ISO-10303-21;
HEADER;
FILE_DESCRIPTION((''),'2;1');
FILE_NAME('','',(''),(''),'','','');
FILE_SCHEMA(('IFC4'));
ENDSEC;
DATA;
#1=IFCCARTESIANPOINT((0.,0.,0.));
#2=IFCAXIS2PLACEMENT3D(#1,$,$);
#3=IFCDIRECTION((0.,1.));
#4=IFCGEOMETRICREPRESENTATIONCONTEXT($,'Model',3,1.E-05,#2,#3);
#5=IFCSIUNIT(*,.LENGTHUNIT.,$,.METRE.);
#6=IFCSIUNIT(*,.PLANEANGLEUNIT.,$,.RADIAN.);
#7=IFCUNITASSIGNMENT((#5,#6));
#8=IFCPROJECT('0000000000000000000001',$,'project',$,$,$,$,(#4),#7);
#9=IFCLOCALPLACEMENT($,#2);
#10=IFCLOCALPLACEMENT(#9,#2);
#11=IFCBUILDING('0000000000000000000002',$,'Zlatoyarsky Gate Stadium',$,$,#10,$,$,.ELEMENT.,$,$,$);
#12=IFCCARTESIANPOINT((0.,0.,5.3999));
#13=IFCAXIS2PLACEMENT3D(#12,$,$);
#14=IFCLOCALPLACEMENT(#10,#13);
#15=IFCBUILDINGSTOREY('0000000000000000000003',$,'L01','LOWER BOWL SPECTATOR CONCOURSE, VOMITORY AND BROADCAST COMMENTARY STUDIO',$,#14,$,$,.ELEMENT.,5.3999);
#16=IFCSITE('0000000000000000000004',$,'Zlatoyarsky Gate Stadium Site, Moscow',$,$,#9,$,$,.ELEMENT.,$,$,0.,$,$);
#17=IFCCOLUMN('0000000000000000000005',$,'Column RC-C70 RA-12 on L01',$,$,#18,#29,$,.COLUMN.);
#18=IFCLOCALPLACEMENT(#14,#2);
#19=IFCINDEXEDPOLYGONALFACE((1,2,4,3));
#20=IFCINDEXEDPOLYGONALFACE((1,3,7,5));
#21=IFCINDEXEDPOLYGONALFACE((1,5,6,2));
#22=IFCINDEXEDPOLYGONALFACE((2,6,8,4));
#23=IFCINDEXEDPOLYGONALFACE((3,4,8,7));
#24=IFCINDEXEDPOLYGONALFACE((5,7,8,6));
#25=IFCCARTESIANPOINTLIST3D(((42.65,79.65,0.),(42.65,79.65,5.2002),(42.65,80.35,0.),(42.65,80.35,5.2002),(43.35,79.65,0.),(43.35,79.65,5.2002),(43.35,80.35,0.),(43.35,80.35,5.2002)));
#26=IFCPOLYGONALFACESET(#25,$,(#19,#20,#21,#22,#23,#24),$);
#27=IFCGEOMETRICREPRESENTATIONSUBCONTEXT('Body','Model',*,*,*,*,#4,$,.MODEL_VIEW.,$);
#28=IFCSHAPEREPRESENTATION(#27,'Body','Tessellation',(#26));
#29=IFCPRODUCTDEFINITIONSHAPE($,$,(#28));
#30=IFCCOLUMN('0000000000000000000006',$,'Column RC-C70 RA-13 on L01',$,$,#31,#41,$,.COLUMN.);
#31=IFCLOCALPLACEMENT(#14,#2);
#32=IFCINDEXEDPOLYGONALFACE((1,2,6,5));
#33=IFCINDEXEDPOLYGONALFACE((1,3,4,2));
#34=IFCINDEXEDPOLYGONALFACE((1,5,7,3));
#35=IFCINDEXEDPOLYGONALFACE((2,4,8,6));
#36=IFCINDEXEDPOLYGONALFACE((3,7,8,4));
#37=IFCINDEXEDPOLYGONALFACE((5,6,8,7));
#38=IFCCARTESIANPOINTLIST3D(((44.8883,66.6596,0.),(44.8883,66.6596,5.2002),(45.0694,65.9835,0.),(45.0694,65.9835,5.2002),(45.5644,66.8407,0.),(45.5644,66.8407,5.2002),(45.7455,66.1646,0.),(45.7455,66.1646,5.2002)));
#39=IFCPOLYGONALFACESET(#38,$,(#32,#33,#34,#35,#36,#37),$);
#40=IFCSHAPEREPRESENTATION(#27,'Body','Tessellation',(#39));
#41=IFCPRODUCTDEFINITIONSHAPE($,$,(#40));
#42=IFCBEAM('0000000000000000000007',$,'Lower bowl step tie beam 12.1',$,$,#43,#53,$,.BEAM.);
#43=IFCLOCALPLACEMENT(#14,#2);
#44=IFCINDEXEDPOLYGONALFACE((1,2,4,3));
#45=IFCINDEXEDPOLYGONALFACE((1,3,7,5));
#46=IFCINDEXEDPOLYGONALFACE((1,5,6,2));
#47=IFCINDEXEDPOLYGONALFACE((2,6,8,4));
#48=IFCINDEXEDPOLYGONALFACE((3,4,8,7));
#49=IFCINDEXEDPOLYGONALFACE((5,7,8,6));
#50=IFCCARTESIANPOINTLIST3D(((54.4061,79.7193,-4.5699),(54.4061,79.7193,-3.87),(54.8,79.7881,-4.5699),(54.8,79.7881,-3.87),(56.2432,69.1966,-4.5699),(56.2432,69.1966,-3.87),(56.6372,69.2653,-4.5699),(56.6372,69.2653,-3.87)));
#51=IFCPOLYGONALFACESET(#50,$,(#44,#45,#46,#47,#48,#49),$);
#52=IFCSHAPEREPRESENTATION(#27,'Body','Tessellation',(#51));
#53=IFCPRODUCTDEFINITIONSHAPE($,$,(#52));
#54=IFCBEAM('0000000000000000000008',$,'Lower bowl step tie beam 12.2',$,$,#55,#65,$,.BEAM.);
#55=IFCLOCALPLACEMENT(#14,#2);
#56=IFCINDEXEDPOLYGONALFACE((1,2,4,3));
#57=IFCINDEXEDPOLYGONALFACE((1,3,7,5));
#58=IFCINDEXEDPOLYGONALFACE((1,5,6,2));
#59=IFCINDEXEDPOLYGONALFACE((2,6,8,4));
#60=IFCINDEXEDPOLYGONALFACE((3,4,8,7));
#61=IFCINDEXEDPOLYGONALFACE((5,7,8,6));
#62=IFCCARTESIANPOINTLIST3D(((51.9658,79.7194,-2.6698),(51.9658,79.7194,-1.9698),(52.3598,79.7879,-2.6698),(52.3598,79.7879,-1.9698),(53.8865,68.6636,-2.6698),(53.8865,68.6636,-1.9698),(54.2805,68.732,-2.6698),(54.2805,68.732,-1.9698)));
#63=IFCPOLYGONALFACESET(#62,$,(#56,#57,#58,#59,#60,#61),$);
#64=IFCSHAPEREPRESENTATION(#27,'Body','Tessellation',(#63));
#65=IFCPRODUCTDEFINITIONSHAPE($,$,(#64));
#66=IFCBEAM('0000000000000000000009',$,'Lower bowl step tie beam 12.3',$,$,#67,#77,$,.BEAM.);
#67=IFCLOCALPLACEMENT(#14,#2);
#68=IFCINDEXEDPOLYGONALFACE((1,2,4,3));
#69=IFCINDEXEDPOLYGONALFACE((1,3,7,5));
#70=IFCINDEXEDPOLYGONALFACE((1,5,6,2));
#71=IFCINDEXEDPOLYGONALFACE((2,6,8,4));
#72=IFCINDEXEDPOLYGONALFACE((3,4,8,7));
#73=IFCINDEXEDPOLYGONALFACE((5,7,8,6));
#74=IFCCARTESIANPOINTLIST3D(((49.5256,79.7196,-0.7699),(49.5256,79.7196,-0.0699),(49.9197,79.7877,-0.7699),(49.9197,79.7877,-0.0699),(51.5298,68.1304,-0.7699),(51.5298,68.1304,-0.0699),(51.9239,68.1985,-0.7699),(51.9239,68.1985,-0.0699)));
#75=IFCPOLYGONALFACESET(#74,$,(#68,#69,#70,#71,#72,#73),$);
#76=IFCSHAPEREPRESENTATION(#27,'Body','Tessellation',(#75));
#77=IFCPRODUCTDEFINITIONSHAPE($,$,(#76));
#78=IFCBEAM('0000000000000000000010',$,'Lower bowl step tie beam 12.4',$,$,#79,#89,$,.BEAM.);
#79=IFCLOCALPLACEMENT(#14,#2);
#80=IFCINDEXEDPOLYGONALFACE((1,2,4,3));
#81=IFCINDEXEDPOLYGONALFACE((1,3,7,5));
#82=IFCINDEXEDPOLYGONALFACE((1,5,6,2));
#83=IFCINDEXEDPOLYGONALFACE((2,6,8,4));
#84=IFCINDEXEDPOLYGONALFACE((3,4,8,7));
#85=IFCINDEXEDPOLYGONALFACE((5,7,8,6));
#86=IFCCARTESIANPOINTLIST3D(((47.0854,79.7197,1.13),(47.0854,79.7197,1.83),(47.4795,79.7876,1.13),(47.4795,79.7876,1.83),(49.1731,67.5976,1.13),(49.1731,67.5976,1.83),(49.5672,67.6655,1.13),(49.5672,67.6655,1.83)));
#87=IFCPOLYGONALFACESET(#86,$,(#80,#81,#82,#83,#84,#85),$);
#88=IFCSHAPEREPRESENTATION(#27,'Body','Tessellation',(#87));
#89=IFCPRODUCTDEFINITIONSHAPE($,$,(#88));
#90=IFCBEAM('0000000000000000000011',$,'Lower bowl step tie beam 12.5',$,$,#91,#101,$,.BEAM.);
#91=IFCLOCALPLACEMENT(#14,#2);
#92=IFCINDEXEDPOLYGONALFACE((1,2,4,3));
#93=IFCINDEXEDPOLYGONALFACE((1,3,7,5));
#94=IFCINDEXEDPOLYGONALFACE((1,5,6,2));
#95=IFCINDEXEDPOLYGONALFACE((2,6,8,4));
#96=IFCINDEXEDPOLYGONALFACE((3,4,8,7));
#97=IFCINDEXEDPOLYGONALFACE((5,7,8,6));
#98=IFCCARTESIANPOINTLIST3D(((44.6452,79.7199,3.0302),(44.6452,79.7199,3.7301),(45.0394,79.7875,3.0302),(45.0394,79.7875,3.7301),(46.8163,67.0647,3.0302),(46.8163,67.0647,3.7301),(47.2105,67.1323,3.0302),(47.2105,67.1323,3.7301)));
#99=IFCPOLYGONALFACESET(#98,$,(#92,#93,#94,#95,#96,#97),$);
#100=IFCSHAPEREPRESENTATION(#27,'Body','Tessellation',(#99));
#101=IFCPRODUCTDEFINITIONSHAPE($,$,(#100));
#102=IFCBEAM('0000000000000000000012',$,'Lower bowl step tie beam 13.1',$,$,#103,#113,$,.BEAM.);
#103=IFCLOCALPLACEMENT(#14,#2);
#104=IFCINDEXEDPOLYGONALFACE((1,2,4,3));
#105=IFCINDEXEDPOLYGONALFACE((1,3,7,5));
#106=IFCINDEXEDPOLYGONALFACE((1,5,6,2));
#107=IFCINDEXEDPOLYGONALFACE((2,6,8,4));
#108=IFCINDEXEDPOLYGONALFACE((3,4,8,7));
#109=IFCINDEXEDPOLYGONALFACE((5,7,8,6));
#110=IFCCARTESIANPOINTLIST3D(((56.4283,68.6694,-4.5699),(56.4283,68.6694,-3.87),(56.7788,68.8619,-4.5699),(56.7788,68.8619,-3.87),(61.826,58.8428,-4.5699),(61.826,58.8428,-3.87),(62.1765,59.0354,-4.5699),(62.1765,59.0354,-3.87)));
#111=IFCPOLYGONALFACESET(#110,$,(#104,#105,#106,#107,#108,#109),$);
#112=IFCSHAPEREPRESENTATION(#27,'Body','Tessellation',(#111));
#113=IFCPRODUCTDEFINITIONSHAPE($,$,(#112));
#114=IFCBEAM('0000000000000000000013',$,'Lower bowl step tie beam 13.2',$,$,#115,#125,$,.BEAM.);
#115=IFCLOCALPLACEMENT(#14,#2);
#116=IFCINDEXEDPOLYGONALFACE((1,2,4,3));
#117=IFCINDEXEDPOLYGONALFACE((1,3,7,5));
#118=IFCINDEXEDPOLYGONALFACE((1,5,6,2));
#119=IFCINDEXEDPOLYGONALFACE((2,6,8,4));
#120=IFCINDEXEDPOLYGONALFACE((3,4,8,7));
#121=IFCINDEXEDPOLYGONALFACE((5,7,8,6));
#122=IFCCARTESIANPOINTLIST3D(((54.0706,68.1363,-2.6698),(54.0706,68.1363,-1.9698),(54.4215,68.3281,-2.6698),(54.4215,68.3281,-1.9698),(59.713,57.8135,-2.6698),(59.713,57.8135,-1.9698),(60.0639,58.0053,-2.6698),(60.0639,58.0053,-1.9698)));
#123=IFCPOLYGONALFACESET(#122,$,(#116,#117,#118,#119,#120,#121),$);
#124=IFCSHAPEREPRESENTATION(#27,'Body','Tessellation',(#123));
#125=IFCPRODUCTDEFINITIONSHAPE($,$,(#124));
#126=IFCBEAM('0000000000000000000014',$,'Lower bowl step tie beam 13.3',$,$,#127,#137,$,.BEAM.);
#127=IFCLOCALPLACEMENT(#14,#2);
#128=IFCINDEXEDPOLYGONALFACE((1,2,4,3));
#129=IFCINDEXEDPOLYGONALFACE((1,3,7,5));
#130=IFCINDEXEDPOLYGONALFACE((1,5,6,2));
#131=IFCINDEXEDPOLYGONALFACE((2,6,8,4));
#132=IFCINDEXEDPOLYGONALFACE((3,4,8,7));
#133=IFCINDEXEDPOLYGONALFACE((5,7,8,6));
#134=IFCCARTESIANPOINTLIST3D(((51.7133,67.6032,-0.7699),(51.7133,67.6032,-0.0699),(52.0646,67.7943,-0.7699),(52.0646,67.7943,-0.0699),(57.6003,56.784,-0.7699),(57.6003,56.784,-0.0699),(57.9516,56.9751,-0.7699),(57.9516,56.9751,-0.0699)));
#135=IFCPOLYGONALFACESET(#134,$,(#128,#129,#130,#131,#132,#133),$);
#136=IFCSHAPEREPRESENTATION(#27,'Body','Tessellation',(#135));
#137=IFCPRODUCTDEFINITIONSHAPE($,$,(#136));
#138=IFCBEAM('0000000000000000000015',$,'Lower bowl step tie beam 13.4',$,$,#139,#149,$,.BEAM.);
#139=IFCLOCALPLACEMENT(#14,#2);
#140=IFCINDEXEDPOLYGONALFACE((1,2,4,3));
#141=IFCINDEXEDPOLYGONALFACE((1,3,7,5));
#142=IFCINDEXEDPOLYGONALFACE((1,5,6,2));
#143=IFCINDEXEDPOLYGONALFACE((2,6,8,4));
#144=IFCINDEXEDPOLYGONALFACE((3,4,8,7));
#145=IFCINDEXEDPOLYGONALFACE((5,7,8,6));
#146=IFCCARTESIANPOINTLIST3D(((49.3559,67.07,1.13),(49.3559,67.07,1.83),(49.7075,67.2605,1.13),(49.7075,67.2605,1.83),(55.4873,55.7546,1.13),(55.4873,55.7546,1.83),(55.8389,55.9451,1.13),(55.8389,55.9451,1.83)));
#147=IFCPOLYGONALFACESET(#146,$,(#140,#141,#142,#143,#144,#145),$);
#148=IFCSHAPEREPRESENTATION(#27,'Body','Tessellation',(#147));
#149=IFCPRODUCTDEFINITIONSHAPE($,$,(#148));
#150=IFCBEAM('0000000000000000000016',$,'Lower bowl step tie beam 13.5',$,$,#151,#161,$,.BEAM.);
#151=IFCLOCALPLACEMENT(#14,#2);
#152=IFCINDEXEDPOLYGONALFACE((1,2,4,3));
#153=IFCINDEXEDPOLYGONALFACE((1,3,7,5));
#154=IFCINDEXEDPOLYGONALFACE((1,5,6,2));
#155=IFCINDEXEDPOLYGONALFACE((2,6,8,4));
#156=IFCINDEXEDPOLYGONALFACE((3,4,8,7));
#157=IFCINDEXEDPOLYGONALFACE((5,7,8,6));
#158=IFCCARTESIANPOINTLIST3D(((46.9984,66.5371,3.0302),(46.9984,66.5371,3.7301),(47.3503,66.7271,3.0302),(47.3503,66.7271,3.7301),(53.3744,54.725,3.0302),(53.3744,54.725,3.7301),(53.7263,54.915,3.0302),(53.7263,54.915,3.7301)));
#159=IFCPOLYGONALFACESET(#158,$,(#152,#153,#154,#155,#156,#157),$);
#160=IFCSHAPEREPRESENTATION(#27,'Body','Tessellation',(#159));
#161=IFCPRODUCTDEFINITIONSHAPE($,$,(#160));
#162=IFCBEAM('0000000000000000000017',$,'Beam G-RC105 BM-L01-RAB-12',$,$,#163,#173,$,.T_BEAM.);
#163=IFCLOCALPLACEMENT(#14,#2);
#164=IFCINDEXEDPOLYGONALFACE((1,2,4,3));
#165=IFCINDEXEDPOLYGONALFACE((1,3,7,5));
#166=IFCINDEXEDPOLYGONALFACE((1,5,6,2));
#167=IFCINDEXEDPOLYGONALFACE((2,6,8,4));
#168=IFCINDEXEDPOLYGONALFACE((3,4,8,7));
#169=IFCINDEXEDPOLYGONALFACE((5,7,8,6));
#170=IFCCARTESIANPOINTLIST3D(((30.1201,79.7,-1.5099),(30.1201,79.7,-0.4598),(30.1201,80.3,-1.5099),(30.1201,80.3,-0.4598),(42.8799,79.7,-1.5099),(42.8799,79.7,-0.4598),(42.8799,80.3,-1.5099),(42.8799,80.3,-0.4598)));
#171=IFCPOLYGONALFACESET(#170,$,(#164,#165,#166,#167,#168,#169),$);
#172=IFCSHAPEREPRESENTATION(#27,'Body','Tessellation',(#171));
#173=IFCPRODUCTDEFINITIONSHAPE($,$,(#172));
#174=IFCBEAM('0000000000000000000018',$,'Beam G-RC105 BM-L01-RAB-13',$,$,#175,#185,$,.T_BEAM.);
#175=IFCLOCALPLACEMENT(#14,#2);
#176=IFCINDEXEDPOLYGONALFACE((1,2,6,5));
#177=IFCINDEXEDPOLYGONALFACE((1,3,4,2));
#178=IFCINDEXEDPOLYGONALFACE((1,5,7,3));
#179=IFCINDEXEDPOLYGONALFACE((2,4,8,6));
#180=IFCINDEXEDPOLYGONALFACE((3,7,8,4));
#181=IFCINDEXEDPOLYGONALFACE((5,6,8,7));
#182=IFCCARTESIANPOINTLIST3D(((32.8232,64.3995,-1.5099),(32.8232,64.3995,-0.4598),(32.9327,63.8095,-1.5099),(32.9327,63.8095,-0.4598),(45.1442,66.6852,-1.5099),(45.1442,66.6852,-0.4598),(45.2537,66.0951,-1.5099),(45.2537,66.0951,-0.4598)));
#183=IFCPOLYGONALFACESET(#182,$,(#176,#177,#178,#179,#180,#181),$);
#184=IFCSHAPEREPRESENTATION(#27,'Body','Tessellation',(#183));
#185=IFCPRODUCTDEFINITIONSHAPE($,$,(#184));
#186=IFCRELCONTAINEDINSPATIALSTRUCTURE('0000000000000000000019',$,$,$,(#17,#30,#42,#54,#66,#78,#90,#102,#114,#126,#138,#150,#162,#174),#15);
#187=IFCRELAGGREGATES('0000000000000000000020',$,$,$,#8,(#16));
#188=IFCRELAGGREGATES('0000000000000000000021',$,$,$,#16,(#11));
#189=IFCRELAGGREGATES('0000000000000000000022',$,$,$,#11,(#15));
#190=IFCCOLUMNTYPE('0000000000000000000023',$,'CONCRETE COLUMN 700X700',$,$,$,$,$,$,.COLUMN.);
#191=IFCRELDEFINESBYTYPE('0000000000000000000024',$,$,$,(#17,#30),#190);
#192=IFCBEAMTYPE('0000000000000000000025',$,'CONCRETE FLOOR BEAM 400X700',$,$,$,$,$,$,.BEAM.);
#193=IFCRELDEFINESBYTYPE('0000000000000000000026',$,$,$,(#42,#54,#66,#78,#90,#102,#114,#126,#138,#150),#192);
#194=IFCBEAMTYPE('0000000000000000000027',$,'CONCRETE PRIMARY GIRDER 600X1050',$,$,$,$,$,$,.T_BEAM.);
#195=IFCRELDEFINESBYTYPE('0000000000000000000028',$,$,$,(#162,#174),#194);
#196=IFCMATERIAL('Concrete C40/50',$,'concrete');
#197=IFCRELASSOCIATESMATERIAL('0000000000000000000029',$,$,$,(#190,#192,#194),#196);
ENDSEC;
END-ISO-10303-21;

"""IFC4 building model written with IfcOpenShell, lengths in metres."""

from ifc_helpers import new_model, si_unit, direction, frame, origin, origin_2d, place, context, subcontext, project, spatial, rectangle, extrude, material, material_profile, profile_set, type_object, element, save


model = new_model("IFC4")

# Units and contexts
model_context = context("Model", 3, precision=1e-05, world=origin(), true_north=direction((0.0, 1.0)))
body_context = subcontext(model_context, "Body", "Model", "MODEL_VIEW")
ifc_project = project(units=[si_unit("LENGTHUNIT", "METRE"), si_unit("PLANEANGLEUNIT", "RADIAN")], contexts=[model_context])

# Site, building, storey
site_placement = place(None, origin())
site = spatial("IfcSite", under=ifc_project, at=site_placement, Name="Zlatoyarsky Gate Stadium Site, Moscow", CompositionType="ELEMENT", RefElevation=0.0)
building_placement = place(site_placement, origin())
building = spatial("IfcBuilding", under=site, at=building_placement, Name="Zlatoyarsky Gate Stadium", CompositionType="ELEMENT")
storey_placement = place(building_placement, frame((0.0, 0.0, 5.3999)))
storey = spatial("IfcBuildingStorey", under=building, at=storey_placement, Name="L01", Description="LOWER BOWL SPECTATOR CONCOURSE, VOMITORY AND BROADCAST COMMENTARY STUDIO", CompositionType="ELEMENT", Elevation=5.3999)

# Columns
ifc_material_1 = material(Name="Concrete C40/50", Category="concrete")
ifc_material_profile_1 = material_profile(ifc_material_1, rectangle(XDim=0.7, YDim=0.7, at=origin_2d()), Name="RC COL 700X700")
ifc_profile_set_1 = profile_set([ifc_material_profile_1], Name="Concrete C40/50")
column_type = type_object("IfcColumnType", Name="CONCRETE COLUMN 700X700", PredefinedType="COLUMN", material=ifc_profile_set_1)
for number, where, z_axis, x_axis, name in (
    (1, (43.0, 80.0, 0.0), (0.0, 0.0, 1.0), (-1.0, 0.0, 0.0), "Column RC-C70 RA-12 on L01"),
    (2, (45.3169, 66.4121, 0.0), (0.0, 0.0, 1.0), (-0.965926, -0.258819, 0.0), "Column RC-C70 RA-13 on L01"),
):
    element("IfcColumn", number, at=place(storey_placement, frame(where, z_axis=z_axis, x_axis=x_axis)), inside=storey, type_object=column_type, Name=name, PredefinedType="COLUMN", context=body_context, shape_type="SweptSolid", body=[
        extrude(rectangle(XDim=0.7, YDim=0.7, at=origin_2d()), origin(), (0.0, 0.0, 1.0), 5.2002),
    ])

# Beams
ifc_material_profile_2 = material_profile(ifc_material_1, rectangle(XDim=0.3999, YDim=0.7, at=origin_2d()), Name="RC BEAM 400X700")
ifc_profile_set_2 = profile_set([ifc_material_profile_2], Name="Concrete C40/50")
beam_type_1 = type_object("IfcBeamType", Name="CONCRETE FLOOR BEAM 400X700", PredefinedType="BEAM", material=ifc_profile_set_2)
beam_1_placement = place(storey_placement, frame((54.603, 79.7537, -4.22), z_axis=(0.171988, -0.985099, 0.0), x_axis=(0.985099, 0.171988, 0.0)))
element("IfcBeam", 3, at=beam_1_placement, inside=storey, type_object=beam_type_1, Name="Lower bowl step tie beam 12.1", PredefinedType="BEAM", context=body_context, shape_type="SweptSolid", body=[
    extrude(rectangle(XDim=0.3999, YDim=0.7, at=origin_2d()), origin(), (0.0, 0.0, 1.0), 10.6819),
])
beam_2_placement = place(storey_placement, frame((52.1628, 79.7537, -2.3198), z_axis=(0.171158, -0.985244, 0.0), x_axis=(0.985244, 0.171158, 0.0)))
element("IfcBeam", 4, at=beam_2_placement, inside=storey, type_object=beam_type_1, Name="Lower bowl step tie beam 12.2", PredefinedType="BEAM", context=body_context, shape_type="SweptSolid", body=[
    extrude(rectangle(XDim=0.3999, YDim=0.7, at=origin_2d()), origin(), (0.0, 0.0, 1.0), 11.2214),
])
beam_3_placement = place(storey_placement, frame((49.7227, 79.7537, -0.4199), z_axis=(0.170405, -0.985374, 0.0), x_axis=(0.985374, 0.170405, 0.0)))
element("IfcBeam", 5, at=beam_3_placement, inside=storey, type_object=beam_type_1, Name="Lower bowl step tie beam 12.3", PredefinedType="BEAM", context=body_context, shape_type="SweptSolid", body=[
    extrude(rectangle(XDim=0.3999, YDim=0.7, at=origin_2d()), origin(), (0.0, 0.0, 1.0), 11.7612),
])
beam_4_placement = place(storey_placement, frame((47.2825, 79.7537, 1.48), z_axis=(0.16972, -0.985492, 0.0), x_axis=(0.985492, 0.16972, 0.0)))
element("IfcBeam", 6, at=beam_4_placement, inside=storey, type_object=beam_type_1, Name="Lower bowl step tie beam 12.4", PredefinedType="BEAM", context=body_context, shape_type="SweptSolid", body=[
    extrude(rectangle(XDim=0.3999, YDim=0.7, at=origin_2d()), origin(), (0.0, 0.0, 1.0), 12.3005),
])
beam_5_placement = place(storey_placement, frame((44.8423, 79.7537, 3.3801), z_axis=(0.16909, -0.985601, 0.0), x_axis=(0.985601, 0.16909, 0.0)))
element("IfcBeam", 7, at=beam_5_placement, inside=storey, type_object=beam_type_1, Name="Lower bowl step tie beam 12.5", PredefinedType="BEAM", context=body_context, shape_type="SweptSolid", body=[
    extrude(rectangle(XDim=0.3999, YDim=0.7, at=origin_2d()), origin(), (0.0, 0.0, 1.0), 12.8401),
])
beam_6_placement = place(storey_placement, frame((56.6035, 68.7656, -4.22), z_axis=(0.481451, -0.876473, 0.0), x_axis=(0.876473, 0.481451, 0.0)))
element("IfcBeam", 8, at=beam_6_placement, inside=storey, type_object=beam_type_1, Name="Lower bowl step tie beam 13.1", PredefinedType="BEAM", context=body_context, shape_type="SweptSolid", body=[
    extrude(rectangle(XDim=0.3999, YDim=0.7, at=origin_2d()), origin(), (0.0, 0.0, 1.0), 11.2114),
])
beam_7_placement = place(storey_placement, frame((54.2461, 68.2322, -2.3198), z_axis=(0.479621, -0.877476, 0.0), x_axis=(0.877476, 0.479621, 0.0)))
element("IfcBeam", 9, at=beam_7_placement, inside=storey, type_object=beam_type_1, Name="Lower bowl step tie beam 13.2", PredefinedType="BEAM", context=body_context, shape_type="SweptSolid", body=[
    extrude(rectangle(XDim=0.3999, YDim=0.7, at=origin_2d()), origin(), (0.0, 0.0, 1.0), 11.7642),
])
beam_8_placement = place(storey_placement, frame((51.8889, 67.6987, -0.4199), z_axis=(0.477953, -0.878385, 0.0), x_axis=(0.878385, 0.477953, 0.0)))
element("IfcBeam", 10, at=beam_8_placement, inside=storey, type_object=beam_type_1, Name="Lower bowl step tie beam 13.3", PredefinedType="BEAM", context=body_context, shape_type="SweptSolid", body=[
    extrude(rectangle(XDim=0.3999, YDim=0.7, at=origin_2d()), origin(), (0.0, 0.0, 1.0), 12.3171),
])
beam_9_placement = place(storey_placement, frame((49.5317, 67.1653, 1.48), z_axis=(0.476413, -0.879222, 0.0), x_axis=(0.879222, 0.476413, 0.0)))
element("IfcBeam", 11, at=beam_9_placement, inside=storey, type_object=beam_type_1, Name="Lower bowl step tie beam 13.4", PredefinedType="BEAM", context=body_context, shape_type="SweptSolid", body=[
    extrude(rectangle(XDim=0.3999, YDim=0.7, at=origin_2d()), origin(), (0.0, 0.0, 1.0), 12.8699),
])
beam_10_placement = place(storey_placement, frame((47.1743, 66.6321, 3.3801), z_axis=(0.475004, -0.879984, 0.0), x_axis=(0.879984, 0.475004, 0.0)))
element("IfcBeam", 12, at=beam_10_placement, inside=storey, type_object=beam_type_1, Name="Lower bowl step tie beam 13.5", PredefinedType="BEAM", context=body_context, shape_type="SweptSolid", body=[
    extrude(rectangle(XDim=0.3999, YDim=0.7, at=origin_2d()), origin(), (0.0, 0.0, 1.0), 13.4231),
])
ifc_material_profile_3 = material_profile(ifc_material_1, rectangle(XDim=0.6001, YDim=1.05, at=origin_2d()), Name="RC GIRDER 600X1050")
ifc_profile_set_3 = profile_set([ifc_material_profile_3], Name="Concrete C40/50")
beam_type_2 = type_object("IfcBeamType", Name="CONCRETE PRIMARY GIRDER 600X1050", PredefinedType="T_BEAM", material=ifc_profile_set_3)
beam_11_placement = place(storey_placement, frame((42.8799, 80.0, -0.9849), z_axis=(-1.0, 0.0, 0.0), x_axis=(0.0, -1.0, 0.0)))
element("IfcBeam", 13, at=beam_11_placement, inside=storey, type_object=beam_type_2, Name="Beam G-RC105 BM-L01-RAB-12", PredefinedType="T_BEAM", context=body_context, shape_type="SweptSolid", body=[
    extrude(rectangle(XDim=0.6001, YDim=1.05, at=origin_2d()), origin(), (0.0, 0.0, 1.0), 12.7598),
])
beam_12_placement = place(storey_placement, frame((45.199, 66.3901, -0.9849), z_axis=(-0.983225, -0.182396, 0.0), x_axis=(0.182396, -0.983225, 0.0)))
element("IfcBeam", 14, at=beam_12_placement, inside=storey, type_object=beam_type_2, Name="Beam G-RC105 BM-L01-RAB-13", PredefinedType="T_BEAM", context=body_context, shape_type="SweptSolid", body=[
    extrude(rectangle(XDim=0.6001, YDim=1.05, at=origin_2d()), origin(), (0.0, 0.0, 1.0), 12.5312),
])

save(model, "model.ifc")
